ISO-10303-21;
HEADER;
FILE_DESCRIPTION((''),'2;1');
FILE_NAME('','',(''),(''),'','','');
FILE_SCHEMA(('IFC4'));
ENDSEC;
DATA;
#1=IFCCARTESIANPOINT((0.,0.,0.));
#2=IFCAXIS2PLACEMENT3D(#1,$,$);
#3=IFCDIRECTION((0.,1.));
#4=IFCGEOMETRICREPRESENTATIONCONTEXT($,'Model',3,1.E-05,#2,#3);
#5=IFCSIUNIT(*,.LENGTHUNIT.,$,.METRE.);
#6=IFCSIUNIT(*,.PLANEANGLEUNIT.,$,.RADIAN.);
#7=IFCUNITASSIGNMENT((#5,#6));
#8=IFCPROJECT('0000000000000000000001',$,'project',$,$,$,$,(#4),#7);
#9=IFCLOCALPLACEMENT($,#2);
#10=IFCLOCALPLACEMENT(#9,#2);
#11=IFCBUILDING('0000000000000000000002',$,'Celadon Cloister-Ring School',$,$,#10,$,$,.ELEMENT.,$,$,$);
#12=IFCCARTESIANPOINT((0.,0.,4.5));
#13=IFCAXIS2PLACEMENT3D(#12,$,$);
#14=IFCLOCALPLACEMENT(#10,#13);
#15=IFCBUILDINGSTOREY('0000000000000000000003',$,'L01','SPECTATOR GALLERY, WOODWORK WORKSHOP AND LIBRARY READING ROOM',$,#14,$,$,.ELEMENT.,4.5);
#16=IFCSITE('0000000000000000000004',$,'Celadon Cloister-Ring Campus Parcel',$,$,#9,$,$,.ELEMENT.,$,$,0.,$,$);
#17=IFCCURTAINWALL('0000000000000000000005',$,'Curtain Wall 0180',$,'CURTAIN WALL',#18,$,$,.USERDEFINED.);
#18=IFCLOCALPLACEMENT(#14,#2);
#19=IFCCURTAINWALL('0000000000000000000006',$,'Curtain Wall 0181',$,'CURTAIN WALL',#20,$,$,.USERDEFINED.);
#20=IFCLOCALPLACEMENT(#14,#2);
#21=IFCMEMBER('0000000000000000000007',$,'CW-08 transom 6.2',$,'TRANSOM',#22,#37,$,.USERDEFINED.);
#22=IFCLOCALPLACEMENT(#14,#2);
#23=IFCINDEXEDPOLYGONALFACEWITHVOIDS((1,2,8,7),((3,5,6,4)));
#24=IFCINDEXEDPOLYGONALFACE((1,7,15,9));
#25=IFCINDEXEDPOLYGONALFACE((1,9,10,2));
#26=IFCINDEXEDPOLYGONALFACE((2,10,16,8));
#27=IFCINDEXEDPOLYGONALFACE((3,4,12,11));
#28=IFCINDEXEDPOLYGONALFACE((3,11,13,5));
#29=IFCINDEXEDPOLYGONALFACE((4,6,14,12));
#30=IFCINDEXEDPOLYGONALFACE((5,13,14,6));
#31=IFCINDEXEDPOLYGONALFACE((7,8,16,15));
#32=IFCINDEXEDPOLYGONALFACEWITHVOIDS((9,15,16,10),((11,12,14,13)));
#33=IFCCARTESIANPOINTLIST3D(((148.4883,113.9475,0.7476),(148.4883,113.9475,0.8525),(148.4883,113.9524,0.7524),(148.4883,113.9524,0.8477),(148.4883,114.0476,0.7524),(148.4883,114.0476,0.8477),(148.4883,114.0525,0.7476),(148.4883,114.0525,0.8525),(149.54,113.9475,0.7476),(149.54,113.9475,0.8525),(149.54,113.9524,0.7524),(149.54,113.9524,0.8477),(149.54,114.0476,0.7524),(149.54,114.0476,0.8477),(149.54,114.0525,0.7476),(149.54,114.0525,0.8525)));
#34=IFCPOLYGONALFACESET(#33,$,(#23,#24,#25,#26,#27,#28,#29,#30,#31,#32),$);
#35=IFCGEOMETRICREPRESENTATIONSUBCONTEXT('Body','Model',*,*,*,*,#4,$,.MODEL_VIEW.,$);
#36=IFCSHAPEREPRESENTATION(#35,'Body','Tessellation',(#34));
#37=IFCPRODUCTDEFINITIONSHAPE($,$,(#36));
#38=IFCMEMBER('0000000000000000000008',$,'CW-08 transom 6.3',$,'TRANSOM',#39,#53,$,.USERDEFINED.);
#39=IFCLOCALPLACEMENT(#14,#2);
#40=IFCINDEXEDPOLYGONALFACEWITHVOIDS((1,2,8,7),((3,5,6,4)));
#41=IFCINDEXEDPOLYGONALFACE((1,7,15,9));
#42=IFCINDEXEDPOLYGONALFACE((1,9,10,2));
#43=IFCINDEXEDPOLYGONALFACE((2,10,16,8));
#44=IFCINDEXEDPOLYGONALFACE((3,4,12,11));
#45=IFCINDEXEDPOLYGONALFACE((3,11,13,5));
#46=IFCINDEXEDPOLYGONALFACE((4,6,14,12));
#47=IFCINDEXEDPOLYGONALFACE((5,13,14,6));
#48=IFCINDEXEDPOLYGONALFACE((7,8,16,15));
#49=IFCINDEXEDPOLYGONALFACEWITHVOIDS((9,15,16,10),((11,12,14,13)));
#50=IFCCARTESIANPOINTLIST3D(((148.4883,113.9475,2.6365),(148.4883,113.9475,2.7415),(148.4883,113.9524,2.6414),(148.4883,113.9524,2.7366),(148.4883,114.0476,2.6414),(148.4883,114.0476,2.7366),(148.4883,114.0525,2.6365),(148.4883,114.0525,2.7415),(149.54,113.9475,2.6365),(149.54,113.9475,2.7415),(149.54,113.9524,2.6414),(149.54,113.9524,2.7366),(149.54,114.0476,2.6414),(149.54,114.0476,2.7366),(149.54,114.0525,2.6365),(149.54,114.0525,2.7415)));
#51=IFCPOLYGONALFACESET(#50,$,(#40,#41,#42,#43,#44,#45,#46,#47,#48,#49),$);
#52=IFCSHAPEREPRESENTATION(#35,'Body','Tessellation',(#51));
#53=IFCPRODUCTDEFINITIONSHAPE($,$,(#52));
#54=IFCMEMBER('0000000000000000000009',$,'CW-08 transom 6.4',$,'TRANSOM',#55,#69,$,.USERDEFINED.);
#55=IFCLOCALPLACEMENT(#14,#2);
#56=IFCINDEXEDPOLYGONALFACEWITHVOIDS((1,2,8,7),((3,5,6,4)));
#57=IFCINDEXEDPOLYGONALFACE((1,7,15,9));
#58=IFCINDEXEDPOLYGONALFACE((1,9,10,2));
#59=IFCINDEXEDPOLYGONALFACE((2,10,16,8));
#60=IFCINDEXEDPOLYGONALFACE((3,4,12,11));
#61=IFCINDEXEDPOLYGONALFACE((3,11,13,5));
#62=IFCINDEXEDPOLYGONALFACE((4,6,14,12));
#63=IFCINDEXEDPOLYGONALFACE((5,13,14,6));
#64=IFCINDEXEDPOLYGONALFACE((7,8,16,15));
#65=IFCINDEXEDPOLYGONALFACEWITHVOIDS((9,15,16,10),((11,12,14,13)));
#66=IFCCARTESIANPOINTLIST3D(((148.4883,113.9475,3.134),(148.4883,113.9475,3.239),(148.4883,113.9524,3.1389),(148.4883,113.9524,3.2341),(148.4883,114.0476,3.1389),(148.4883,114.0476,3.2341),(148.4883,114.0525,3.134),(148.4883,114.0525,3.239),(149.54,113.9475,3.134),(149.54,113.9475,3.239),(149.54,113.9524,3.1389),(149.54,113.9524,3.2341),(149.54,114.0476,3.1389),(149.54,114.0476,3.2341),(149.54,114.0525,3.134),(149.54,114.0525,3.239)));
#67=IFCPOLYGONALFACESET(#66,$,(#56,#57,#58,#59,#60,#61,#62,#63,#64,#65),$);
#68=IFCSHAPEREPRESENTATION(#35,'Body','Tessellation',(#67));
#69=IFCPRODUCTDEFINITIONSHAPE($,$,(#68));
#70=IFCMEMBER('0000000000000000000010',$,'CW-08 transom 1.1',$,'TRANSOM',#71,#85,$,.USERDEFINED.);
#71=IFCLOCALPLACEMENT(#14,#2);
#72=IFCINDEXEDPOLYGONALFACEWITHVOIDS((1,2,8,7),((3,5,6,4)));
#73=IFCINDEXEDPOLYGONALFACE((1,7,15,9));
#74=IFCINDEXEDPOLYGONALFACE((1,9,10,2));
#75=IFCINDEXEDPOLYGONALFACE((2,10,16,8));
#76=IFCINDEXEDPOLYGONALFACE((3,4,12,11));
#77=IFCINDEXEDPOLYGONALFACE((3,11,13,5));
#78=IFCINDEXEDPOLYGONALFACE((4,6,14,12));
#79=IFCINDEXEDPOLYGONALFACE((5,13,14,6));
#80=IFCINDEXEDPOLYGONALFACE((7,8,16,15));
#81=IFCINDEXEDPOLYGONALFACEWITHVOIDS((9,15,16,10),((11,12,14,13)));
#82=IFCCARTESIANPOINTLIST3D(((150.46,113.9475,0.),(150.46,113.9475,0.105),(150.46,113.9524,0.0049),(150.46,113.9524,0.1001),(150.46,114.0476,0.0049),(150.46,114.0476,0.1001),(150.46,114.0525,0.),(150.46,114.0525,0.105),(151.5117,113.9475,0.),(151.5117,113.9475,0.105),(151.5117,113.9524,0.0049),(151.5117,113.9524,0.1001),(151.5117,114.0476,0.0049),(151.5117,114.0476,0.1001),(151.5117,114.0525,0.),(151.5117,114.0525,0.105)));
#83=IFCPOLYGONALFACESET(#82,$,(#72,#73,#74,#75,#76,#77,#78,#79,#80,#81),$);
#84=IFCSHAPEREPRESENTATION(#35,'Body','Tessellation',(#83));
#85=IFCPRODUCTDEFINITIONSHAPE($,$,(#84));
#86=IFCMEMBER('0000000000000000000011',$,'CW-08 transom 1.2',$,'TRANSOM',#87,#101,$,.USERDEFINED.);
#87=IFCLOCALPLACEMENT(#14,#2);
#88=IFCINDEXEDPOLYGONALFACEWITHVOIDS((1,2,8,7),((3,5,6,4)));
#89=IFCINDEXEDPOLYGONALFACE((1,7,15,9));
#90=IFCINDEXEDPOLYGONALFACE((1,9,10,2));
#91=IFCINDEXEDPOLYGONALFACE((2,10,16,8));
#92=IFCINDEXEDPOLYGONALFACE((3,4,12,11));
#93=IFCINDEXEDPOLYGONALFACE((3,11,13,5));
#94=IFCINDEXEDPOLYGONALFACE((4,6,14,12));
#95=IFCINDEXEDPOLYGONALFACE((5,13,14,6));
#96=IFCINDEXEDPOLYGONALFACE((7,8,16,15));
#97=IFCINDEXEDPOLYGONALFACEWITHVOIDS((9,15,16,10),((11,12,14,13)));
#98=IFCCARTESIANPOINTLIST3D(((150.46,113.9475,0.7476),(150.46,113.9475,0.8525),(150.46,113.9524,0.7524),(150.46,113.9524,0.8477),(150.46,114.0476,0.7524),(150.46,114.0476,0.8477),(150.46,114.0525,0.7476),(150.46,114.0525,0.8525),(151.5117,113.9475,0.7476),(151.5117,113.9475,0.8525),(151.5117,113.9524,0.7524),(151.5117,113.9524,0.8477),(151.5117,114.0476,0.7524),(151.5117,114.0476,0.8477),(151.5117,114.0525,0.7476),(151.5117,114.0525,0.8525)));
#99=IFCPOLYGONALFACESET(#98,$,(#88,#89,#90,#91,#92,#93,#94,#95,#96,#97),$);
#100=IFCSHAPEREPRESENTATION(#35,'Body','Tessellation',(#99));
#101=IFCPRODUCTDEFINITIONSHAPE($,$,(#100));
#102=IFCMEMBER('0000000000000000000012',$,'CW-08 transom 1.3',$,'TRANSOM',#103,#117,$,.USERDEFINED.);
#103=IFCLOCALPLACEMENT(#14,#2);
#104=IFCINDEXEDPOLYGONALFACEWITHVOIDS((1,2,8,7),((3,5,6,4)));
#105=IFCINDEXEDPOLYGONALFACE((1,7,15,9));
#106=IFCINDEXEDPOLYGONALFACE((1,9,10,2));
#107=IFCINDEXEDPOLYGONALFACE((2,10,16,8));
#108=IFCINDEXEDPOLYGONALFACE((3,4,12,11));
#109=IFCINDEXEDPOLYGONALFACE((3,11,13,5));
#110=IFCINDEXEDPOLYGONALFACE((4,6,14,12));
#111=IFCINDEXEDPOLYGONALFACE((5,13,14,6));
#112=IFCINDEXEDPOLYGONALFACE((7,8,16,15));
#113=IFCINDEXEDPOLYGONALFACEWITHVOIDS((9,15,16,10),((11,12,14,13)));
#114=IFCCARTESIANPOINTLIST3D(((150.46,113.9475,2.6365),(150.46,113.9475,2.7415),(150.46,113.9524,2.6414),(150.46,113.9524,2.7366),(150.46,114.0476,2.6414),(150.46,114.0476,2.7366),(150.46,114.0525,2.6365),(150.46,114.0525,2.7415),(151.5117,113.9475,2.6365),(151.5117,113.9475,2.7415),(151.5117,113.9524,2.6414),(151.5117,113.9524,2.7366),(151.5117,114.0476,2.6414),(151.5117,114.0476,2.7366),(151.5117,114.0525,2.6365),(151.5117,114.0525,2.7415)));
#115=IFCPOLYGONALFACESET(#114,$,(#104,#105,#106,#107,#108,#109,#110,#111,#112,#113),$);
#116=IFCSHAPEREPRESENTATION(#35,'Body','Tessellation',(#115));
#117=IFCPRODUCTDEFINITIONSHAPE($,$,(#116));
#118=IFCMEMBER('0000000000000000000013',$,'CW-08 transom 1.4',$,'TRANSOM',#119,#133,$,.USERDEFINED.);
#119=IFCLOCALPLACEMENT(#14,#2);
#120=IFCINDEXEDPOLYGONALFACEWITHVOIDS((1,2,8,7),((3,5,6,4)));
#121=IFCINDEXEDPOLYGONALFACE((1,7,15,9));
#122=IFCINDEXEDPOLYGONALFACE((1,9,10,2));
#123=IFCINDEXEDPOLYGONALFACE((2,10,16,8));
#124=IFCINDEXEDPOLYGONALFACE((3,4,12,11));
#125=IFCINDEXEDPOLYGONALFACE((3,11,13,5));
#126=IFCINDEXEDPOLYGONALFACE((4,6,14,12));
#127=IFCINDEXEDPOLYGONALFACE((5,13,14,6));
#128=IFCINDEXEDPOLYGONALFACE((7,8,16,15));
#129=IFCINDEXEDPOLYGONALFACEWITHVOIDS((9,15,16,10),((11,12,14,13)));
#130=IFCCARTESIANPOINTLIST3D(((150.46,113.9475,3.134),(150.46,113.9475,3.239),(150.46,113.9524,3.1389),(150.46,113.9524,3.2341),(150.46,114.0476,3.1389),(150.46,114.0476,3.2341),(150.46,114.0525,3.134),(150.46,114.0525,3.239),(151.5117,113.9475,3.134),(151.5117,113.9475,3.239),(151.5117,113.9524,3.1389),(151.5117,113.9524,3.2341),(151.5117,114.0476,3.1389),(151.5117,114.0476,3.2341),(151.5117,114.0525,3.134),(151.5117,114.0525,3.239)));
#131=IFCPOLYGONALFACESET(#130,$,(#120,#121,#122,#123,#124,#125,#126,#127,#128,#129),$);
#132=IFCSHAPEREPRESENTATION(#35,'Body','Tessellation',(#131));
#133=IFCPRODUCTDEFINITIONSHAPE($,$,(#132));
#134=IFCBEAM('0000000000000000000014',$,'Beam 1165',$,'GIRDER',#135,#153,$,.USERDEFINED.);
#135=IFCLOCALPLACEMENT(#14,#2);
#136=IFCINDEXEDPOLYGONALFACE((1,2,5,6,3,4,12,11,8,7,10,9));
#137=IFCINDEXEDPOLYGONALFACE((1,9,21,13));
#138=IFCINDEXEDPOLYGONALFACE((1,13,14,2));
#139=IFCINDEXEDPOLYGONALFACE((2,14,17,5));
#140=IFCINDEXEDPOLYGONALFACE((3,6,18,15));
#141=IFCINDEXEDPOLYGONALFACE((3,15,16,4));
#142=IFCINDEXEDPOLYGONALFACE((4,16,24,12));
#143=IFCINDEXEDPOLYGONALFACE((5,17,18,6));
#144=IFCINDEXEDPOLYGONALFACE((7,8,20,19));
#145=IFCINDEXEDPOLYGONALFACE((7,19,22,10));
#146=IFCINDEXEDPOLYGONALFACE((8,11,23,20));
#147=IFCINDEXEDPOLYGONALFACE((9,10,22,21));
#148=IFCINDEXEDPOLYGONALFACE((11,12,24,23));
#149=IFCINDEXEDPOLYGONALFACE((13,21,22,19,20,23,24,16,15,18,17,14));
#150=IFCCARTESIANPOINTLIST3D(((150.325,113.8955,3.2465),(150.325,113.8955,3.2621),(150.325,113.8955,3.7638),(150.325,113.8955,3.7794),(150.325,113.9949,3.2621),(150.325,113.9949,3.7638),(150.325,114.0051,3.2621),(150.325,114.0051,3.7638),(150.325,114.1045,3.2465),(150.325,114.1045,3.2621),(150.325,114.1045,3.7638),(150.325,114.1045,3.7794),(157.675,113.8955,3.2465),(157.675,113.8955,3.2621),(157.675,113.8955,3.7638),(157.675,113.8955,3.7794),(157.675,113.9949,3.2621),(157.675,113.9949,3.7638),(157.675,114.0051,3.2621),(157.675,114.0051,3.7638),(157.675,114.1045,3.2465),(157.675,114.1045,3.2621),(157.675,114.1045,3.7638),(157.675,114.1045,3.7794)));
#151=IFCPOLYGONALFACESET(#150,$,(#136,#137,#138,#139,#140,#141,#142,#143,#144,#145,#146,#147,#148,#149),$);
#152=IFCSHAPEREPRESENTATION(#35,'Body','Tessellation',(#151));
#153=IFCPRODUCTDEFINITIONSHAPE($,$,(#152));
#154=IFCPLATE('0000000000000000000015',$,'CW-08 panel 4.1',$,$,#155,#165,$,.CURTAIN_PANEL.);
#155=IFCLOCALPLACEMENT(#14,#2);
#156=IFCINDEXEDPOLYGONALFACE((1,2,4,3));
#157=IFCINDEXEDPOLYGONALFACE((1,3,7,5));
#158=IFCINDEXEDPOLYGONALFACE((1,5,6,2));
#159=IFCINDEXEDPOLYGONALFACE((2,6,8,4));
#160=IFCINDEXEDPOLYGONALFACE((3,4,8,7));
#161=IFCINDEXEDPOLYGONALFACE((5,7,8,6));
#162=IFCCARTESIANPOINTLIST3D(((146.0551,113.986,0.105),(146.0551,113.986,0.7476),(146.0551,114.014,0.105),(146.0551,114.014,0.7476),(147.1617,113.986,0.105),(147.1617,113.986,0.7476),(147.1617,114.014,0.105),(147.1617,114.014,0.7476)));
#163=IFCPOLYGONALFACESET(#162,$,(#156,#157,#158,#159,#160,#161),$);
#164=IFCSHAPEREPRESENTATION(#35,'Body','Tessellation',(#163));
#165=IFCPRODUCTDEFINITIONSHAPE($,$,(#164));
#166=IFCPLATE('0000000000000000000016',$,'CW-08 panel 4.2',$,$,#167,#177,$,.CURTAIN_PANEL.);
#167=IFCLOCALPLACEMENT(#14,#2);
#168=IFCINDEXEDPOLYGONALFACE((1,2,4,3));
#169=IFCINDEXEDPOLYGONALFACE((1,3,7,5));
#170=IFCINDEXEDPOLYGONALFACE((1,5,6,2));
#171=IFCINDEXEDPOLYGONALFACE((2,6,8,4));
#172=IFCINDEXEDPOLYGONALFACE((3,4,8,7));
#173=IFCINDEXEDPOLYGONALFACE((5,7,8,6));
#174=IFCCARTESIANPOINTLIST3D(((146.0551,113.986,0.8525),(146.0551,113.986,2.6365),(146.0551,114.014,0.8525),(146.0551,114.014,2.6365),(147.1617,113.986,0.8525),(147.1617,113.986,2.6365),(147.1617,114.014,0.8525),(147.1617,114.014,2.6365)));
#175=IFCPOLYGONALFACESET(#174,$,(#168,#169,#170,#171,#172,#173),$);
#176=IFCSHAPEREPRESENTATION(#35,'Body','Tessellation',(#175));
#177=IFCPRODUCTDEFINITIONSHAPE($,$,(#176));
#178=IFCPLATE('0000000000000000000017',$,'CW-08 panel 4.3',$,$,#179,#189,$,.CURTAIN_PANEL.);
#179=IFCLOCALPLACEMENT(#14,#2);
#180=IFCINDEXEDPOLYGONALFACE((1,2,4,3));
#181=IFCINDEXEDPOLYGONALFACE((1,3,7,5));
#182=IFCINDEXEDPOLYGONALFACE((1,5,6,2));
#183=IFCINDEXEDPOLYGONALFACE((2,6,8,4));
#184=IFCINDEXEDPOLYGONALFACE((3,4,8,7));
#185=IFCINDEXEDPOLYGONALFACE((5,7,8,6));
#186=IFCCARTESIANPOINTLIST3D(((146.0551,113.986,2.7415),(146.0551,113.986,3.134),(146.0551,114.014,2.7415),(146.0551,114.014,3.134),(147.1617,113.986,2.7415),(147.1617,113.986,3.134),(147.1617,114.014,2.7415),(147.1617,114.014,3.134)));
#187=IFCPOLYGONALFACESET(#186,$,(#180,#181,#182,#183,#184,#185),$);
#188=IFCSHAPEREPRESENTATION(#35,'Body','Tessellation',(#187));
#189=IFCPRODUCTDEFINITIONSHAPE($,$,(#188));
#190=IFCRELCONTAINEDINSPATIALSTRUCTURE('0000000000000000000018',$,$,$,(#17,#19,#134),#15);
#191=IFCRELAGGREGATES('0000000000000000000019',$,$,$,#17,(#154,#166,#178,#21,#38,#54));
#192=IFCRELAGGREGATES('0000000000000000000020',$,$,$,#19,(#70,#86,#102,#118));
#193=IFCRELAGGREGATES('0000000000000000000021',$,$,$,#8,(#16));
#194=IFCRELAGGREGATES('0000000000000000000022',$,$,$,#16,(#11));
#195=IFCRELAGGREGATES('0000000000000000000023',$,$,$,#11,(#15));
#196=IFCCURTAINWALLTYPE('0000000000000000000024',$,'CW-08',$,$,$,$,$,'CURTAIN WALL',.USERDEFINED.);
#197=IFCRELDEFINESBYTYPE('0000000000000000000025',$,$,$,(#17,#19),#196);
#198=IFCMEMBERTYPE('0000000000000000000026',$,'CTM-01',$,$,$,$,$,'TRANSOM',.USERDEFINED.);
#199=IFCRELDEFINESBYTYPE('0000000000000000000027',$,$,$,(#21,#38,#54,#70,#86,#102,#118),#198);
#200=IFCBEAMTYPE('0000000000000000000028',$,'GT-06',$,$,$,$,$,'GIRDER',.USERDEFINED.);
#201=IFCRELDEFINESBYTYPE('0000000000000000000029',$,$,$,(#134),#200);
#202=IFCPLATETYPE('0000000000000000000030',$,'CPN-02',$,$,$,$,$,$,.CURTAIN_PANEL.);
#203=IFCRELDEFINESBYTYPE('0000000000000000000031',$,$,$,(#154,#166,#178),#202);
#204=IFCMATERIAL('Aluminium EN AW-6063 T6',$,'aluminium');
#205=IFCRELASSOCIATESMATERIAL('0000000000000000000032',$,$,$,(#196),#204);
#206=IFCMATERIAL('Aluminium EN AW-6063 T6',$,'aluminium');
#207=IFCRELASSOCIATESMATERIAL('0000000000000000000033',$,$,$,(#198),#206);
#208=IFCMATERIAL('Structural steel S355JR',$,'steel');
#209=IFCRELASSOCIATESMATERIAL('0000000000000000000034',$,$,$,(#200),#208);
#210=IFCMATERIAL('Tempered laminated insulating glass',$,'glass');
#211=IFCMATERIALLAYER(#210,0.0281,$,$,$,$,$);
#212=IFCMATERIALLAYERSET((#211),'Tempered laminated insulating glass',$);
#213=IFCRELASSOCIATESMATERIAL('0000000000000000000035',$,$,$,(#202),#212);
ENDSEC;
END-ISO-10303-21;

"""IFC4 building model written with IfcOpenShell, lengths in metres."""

from ifc_helpers import new_model, si_unit, direction, frame, origin, origin_2d, place, context, subcontext, project, spatial, rectangle, hollow_rectangle, i_section, extrude, material, layer, layer_set, material_profile, profile_set, type_object, element, aggregate, save


model = new_model("IFC4")

# Units and contexts
model_context = context("Model", 3, precision=1e-05, world=origin(), true_north=direction((0.0, 1.0)))
body_context = subcontext(model_context, "Body", "Model", "MODEL_VIEW")
ifc_project = project(units=[si_unit("LENGTHUNIT", "METRE"), si_unit("PLANEANGLEUNIT", "RADIAN")], contexts=[model_context])

# Site, building, storey
site_placement = place(None, origin())
site = spatial("IfcSite", under=ifc_project, at=site_placement, Name="Celadon Cloister-Ring Campus Parcel", CompositionType="ELEMENT", RefElevation=0.0)
building_placement = place(site_placement, origin())
building = spatial("IfcBuilding", under=site, at=building_placement, Name="Celadon Cloister-Ring School", CompositionType="ELEMENT")
storey_placement = place(building_placement, frame((0.0, 0.0, 4.5)))
storey = spatial("IfcBuildingStorey", under=building, at=storey_placement, Name="L01", Description="SPECTATOR GALLERY, WOODWORK WORKSHOP AND LIBRARY READING ROOM", CompositionType="ELEMENT", Elevation=4.5)

# Curtain wall
ifc_material_1 = material(Name="Aluminium EN AW-6063 T6", Category="aluminium")
curtain_wall_type = type_object("IfcCurtainWallType", Name="CW-08", ElementType="CURTAIN WALL", PredefinedType="USERDEFINED", material=ifc_material_1)
curtain_wall_1_placement = place(storey_placement, origin())
curtain_wall_1 = element("IfcCurtainWall", 1, at=curtain_wall_1_placement, inside=storey, type_object=curtain_wall_type, Name="Curtain Wall 0180", ObjectType="CURTAIN WALL", PredefinedType="USERDEFINED")

# Curtain wall
curtain_wall_2_placement = place(storey_placement, origin())
curtain_wall_2 = element("IfcCurtainWall", 2, at=curtain_wall_2_placement, inside=storey, type_object=curtain_wall_type, Name="Curtain Wall 0181", ObjectType="CURTAIN WALL", PredefinedType="USERDEFINED")

# Members
ifc_material_2 = material(Name="Aluminium EN AW-6063 T6", Category="aluminium")
ifc_material_profile_1 = material_profile(ifc_material_2, hollow_rectangle(XDim=0.105, YDim=0.105, WallThickness=0.0049, at=origin_2d()), Name="RHS105X105X5")
ifc_profile_set_1 = profile_set([ifc_material_profile_1], Name="Aluminium EN AW-6063 T6")
member_type_1 = type_object("IfcMemberType", Name="CTM-01", ElementType="TRANSOM", PredefinedType="USERDEFINED", material=ifc_profile_set_1)
member_1_placement = place(storey_placement, frame((148.4883, 114.0, 0.8), z_axis=(1.0, 0.0, 0.0), x_axis=(0.0, 1.0, 0.0)))
member_1 = element("IfcMember", 3, at=member_1_placement, type_object=member_type_1, Name="CW-08 transom 6.2", ObjectType="TRANSOM", PredefinedType="USERDEFINED", context=body_context, shape_type="SweptSolid", body=[
    extrude(hollow_rectangle(XDim=0.105, YDim=0.105, WallThickness=0.0049, at=origin_2d()), origin(), (0.0, 0.0, 1.0), 1.0518),
])
member_2_placement = place(storey_placement, frame((148.4883, 114.0, 2.689), z_axis=(1.0, 0.0, 0.0), x_axis=(0.0, 1.0, 0.0)))
member_2 = element("IfcMember", 4, at=member_2_placement, type_object=member_type_1, Name="CW-08 transom 6.3", ObjectType="TRANSOM", PredefinedType="USERDEFINED", context=body_context, shape_type="SweptSolid", body=[
    extrude(hollow_rectangle(XDim=0.105, YDim=0.105, WallThickness=0.0049, at=origin_2d()), origin(), (0.0, 0.0, 1.0), 1.0518),
])
member_3_placement = place(storey_placement, frame((148.4883, 114.0, 3.1865), z_axis=(1.0, 0.0, 0.0), x_axis=(0.0, 1.0, 0.0)))
member_3 = element("IfcMember", 5, at=member_3_placement, type_object=member_type_1, Name="CW-08 transom 6.4", ObjectType="TRANSOM", PredefinedType="USERDEFINED", context=body_context, shape_type="SweptSolid", body=[
    extrude(hollow_rectangle(XDim=0.105, YDim=0.105, WallThickness=0.0049, at=origin_2d()), origin(), (0.0, 0.0, 1.0), 1.0518),
])
member_4_placement = place(storey_placement, frame((150.46, 114.0, 0.0525), z_axis=(1.0, 0.0, 0.0), x_axis=(0.0, 1.0, 0.0)))
member_4 = element("IfcMember", 6, at=member_4_placement, type_object=member_type_1, Name="CW-08 transom 1.1", ObjectType="TRANSOM", PredefinedType="USERDEFINED", context=body_context, shape_type="SweptSolid", body=[
    extrude(hollow_rectangle(XDim=0.105, YDim=0.105, WallThickness=0.0049, at=origin_2d()), origin(), (0.0, 0.0, 1.0), 1.0518),
])
member_5_placement = place(storey_placement, frame((150.46, 114.0, 0.8), z_axis=(1.0, 0.0, 0.0), x_axis=(0.0, 1.0, 0.0)))
member_5 = element("IfcMember", 7, at=member_5_placement, type_object=member_type_1, Name="CW-08 transom 1.2", ObjectType="TRANSOM", PredefinedType="USERDEFINED", context=body_context, shape_type="SweptSolid", body=[
    extrude(hollow_rectangle(XDim=0.105, YDim=0.105, WallThickness=0.0049, at=origin_2d()), origin(), (0.0, 0.0, 1.0), 1.0518),
])
member_6_placement = place(storey_placement, frame((150.46, 114.0, 2.689), z_axis=(1.0, 0.0, 0.0), x_axis=(0.0, 1.0, 0.0)))
member_6 = element("IfcMember", 8, at=member_6_placement, type_object=member_type_1, Name="CW-08 transom 1.3", ObjectType="TRANSOM", PredefinedType="USERDEFINED", context=body_context, shape_type="SweptSolid", body=[
    extrude(hollow_rectangle(XDim=0.105, YDim=0.105, WallThickness=0.0049, at=origin_2d()), origin(), (0.0, 0.0, 1.0), 1.0518),
])
member_7_placement = place(storey_placement, frame((150.46, 114.0, 3.1865), z_axis=(1.0, 0.0, 0.0), x_axis=(0.0, 1.0, 0.0)))
member_7 = element("IfcMember", 9, at=member_7_placement, type_object=member_type_1, Name="CW-08 transom 1.4", ObjectType="TRANSOM", PredefinedType="USERDEFINED", context=body_context, shape_type="SweptSolid", body=[
    extrude(hollow_rectangle(XDim=0.105, YDim=0.105, WallThickness=0.0049, at=origin_2d()), origin(), (0.0, 0.0, 1.0), 1.0518),
])

# Beam
ifc_material_3 = material(Name="Structural steel S355JR", Category="steel")
ifc_material_profile_2 = material_profile(ifc_material_3, i_section(OverallWidth=0.209, OverallDepth=0.533, WebThickness=0.0103, FlangeThickness=0.0156, at=origin_2d()), Name="W530X92")
ifc_profile_set_2 = profile_set([ifc_material_profile_2], Name="Structural steel S355JR")
beam_type = type_object("IfcBeamType", Name="GT-06", ElementType="GIRDER", PredefinedType="USERDEFINED", material=ifc_profile_set_2)
beam_placement = place(storey_placement, frame((150.325, 114.0, 3.5129), z_axis=(1.0, 0.0, 0.0), x_axis=(0.0, 1.0, 0.0)))
element("IfcBeam", 10, at=beam_placement, inside=storey, type_object=beam_type, Name="Beam 1165", ObjectType="GIRDER", PredefinedType="USERDEFINED", context=body_context, shape_type="SweptSolid", body=[
    extrude(i_section(OverallWidth=0.209, OverallDepth=0.533, WebThickness=0.0103, FlangeThickness=0.0156, at=origin_2d()), origin(), (0.0, 0.0, 1.0), 7.3501),
])

# Plates
ifc_material_4 = material(Name="Tempered laminated insulating glass", Category="glass")
ifc_layer = layer(ifc_material_4, 0.0281)
ifc_layer_set = layer_set([ifc_layer], Name="Tempered laminated insulating glass")
plate_type = type_object("IfcPlateType", Name="CPN-02", PredefinedType="CURTAIN_PANEL", material=ifc_layer_set)
plate_1_placement = place(storey_placement, frame((146.6084, 114.0, 0.105), z_axis=(0.0, 0.0, 1.0), x_axis=(1.0, 0.0, 0.0)))
plate_1 = element("IfcPlate", 11, at=plate_1_placement, type_object=plate_type, Name="CW-08 panel 4.1", PredefinedType="CURTAIN_PANEL", context=body_context, shape_type="SweptSolid", body=[
    extrude(rectangle(XDim=1.1067, YDim=0.0281, at=origin_2d()), origin(), (0.0, 0.0, 1.0), 0.6426),
])
plate_2_placement = place(storey_placement, frame((146.6084, 114.0, 0.8525), z_axis=(0.0, 0.0, 1.0), x_axis=(1.0, 0.0, 0.0)))
plate_2 = element("IfcPlate", 12, at=plate_2_placement, type_object=plate_type, Name="CW-08 panel 4.2", PredefinedType="CURTAIN_PANEL", context=body_context, shape_type="SweptSolid", body=[
    extrude(rectangle(XDim=1.1067, YDim=0.0281, at=origin_2d()), origin(), (0.0, 0.0, 1.0), 1.7839),
])
plate_3_placement = place(storey_placement, frame((146.6084, 114.0, 2.7415), z_axis=(0.0, 0.0, 1.0), x_axis=(1.0, 0.0, 0.0)))
plate_3 = element("IfcPlate", 13, at=plate_3_placement, type_object=plate_type, Name="CW-08 panel 4.3", PredefinedType="CURTAIN_PANEL", context=body_context, shape_type="SweptSolid", body=[
    extrude(rectangle(XDim=1.1067, YDim=0.0281, at=origin_2d()), origin(), (0.0, 0.0, 1.0), 0.3926),
])
aggregate(curtain_wall_1, [plate_1, plate_2, plate_3, member_1, member_2, member_3])
aggregate(curtain_wall_2, [member_4, member_5, member_6, member_7])

save(model, "model.ifc")
